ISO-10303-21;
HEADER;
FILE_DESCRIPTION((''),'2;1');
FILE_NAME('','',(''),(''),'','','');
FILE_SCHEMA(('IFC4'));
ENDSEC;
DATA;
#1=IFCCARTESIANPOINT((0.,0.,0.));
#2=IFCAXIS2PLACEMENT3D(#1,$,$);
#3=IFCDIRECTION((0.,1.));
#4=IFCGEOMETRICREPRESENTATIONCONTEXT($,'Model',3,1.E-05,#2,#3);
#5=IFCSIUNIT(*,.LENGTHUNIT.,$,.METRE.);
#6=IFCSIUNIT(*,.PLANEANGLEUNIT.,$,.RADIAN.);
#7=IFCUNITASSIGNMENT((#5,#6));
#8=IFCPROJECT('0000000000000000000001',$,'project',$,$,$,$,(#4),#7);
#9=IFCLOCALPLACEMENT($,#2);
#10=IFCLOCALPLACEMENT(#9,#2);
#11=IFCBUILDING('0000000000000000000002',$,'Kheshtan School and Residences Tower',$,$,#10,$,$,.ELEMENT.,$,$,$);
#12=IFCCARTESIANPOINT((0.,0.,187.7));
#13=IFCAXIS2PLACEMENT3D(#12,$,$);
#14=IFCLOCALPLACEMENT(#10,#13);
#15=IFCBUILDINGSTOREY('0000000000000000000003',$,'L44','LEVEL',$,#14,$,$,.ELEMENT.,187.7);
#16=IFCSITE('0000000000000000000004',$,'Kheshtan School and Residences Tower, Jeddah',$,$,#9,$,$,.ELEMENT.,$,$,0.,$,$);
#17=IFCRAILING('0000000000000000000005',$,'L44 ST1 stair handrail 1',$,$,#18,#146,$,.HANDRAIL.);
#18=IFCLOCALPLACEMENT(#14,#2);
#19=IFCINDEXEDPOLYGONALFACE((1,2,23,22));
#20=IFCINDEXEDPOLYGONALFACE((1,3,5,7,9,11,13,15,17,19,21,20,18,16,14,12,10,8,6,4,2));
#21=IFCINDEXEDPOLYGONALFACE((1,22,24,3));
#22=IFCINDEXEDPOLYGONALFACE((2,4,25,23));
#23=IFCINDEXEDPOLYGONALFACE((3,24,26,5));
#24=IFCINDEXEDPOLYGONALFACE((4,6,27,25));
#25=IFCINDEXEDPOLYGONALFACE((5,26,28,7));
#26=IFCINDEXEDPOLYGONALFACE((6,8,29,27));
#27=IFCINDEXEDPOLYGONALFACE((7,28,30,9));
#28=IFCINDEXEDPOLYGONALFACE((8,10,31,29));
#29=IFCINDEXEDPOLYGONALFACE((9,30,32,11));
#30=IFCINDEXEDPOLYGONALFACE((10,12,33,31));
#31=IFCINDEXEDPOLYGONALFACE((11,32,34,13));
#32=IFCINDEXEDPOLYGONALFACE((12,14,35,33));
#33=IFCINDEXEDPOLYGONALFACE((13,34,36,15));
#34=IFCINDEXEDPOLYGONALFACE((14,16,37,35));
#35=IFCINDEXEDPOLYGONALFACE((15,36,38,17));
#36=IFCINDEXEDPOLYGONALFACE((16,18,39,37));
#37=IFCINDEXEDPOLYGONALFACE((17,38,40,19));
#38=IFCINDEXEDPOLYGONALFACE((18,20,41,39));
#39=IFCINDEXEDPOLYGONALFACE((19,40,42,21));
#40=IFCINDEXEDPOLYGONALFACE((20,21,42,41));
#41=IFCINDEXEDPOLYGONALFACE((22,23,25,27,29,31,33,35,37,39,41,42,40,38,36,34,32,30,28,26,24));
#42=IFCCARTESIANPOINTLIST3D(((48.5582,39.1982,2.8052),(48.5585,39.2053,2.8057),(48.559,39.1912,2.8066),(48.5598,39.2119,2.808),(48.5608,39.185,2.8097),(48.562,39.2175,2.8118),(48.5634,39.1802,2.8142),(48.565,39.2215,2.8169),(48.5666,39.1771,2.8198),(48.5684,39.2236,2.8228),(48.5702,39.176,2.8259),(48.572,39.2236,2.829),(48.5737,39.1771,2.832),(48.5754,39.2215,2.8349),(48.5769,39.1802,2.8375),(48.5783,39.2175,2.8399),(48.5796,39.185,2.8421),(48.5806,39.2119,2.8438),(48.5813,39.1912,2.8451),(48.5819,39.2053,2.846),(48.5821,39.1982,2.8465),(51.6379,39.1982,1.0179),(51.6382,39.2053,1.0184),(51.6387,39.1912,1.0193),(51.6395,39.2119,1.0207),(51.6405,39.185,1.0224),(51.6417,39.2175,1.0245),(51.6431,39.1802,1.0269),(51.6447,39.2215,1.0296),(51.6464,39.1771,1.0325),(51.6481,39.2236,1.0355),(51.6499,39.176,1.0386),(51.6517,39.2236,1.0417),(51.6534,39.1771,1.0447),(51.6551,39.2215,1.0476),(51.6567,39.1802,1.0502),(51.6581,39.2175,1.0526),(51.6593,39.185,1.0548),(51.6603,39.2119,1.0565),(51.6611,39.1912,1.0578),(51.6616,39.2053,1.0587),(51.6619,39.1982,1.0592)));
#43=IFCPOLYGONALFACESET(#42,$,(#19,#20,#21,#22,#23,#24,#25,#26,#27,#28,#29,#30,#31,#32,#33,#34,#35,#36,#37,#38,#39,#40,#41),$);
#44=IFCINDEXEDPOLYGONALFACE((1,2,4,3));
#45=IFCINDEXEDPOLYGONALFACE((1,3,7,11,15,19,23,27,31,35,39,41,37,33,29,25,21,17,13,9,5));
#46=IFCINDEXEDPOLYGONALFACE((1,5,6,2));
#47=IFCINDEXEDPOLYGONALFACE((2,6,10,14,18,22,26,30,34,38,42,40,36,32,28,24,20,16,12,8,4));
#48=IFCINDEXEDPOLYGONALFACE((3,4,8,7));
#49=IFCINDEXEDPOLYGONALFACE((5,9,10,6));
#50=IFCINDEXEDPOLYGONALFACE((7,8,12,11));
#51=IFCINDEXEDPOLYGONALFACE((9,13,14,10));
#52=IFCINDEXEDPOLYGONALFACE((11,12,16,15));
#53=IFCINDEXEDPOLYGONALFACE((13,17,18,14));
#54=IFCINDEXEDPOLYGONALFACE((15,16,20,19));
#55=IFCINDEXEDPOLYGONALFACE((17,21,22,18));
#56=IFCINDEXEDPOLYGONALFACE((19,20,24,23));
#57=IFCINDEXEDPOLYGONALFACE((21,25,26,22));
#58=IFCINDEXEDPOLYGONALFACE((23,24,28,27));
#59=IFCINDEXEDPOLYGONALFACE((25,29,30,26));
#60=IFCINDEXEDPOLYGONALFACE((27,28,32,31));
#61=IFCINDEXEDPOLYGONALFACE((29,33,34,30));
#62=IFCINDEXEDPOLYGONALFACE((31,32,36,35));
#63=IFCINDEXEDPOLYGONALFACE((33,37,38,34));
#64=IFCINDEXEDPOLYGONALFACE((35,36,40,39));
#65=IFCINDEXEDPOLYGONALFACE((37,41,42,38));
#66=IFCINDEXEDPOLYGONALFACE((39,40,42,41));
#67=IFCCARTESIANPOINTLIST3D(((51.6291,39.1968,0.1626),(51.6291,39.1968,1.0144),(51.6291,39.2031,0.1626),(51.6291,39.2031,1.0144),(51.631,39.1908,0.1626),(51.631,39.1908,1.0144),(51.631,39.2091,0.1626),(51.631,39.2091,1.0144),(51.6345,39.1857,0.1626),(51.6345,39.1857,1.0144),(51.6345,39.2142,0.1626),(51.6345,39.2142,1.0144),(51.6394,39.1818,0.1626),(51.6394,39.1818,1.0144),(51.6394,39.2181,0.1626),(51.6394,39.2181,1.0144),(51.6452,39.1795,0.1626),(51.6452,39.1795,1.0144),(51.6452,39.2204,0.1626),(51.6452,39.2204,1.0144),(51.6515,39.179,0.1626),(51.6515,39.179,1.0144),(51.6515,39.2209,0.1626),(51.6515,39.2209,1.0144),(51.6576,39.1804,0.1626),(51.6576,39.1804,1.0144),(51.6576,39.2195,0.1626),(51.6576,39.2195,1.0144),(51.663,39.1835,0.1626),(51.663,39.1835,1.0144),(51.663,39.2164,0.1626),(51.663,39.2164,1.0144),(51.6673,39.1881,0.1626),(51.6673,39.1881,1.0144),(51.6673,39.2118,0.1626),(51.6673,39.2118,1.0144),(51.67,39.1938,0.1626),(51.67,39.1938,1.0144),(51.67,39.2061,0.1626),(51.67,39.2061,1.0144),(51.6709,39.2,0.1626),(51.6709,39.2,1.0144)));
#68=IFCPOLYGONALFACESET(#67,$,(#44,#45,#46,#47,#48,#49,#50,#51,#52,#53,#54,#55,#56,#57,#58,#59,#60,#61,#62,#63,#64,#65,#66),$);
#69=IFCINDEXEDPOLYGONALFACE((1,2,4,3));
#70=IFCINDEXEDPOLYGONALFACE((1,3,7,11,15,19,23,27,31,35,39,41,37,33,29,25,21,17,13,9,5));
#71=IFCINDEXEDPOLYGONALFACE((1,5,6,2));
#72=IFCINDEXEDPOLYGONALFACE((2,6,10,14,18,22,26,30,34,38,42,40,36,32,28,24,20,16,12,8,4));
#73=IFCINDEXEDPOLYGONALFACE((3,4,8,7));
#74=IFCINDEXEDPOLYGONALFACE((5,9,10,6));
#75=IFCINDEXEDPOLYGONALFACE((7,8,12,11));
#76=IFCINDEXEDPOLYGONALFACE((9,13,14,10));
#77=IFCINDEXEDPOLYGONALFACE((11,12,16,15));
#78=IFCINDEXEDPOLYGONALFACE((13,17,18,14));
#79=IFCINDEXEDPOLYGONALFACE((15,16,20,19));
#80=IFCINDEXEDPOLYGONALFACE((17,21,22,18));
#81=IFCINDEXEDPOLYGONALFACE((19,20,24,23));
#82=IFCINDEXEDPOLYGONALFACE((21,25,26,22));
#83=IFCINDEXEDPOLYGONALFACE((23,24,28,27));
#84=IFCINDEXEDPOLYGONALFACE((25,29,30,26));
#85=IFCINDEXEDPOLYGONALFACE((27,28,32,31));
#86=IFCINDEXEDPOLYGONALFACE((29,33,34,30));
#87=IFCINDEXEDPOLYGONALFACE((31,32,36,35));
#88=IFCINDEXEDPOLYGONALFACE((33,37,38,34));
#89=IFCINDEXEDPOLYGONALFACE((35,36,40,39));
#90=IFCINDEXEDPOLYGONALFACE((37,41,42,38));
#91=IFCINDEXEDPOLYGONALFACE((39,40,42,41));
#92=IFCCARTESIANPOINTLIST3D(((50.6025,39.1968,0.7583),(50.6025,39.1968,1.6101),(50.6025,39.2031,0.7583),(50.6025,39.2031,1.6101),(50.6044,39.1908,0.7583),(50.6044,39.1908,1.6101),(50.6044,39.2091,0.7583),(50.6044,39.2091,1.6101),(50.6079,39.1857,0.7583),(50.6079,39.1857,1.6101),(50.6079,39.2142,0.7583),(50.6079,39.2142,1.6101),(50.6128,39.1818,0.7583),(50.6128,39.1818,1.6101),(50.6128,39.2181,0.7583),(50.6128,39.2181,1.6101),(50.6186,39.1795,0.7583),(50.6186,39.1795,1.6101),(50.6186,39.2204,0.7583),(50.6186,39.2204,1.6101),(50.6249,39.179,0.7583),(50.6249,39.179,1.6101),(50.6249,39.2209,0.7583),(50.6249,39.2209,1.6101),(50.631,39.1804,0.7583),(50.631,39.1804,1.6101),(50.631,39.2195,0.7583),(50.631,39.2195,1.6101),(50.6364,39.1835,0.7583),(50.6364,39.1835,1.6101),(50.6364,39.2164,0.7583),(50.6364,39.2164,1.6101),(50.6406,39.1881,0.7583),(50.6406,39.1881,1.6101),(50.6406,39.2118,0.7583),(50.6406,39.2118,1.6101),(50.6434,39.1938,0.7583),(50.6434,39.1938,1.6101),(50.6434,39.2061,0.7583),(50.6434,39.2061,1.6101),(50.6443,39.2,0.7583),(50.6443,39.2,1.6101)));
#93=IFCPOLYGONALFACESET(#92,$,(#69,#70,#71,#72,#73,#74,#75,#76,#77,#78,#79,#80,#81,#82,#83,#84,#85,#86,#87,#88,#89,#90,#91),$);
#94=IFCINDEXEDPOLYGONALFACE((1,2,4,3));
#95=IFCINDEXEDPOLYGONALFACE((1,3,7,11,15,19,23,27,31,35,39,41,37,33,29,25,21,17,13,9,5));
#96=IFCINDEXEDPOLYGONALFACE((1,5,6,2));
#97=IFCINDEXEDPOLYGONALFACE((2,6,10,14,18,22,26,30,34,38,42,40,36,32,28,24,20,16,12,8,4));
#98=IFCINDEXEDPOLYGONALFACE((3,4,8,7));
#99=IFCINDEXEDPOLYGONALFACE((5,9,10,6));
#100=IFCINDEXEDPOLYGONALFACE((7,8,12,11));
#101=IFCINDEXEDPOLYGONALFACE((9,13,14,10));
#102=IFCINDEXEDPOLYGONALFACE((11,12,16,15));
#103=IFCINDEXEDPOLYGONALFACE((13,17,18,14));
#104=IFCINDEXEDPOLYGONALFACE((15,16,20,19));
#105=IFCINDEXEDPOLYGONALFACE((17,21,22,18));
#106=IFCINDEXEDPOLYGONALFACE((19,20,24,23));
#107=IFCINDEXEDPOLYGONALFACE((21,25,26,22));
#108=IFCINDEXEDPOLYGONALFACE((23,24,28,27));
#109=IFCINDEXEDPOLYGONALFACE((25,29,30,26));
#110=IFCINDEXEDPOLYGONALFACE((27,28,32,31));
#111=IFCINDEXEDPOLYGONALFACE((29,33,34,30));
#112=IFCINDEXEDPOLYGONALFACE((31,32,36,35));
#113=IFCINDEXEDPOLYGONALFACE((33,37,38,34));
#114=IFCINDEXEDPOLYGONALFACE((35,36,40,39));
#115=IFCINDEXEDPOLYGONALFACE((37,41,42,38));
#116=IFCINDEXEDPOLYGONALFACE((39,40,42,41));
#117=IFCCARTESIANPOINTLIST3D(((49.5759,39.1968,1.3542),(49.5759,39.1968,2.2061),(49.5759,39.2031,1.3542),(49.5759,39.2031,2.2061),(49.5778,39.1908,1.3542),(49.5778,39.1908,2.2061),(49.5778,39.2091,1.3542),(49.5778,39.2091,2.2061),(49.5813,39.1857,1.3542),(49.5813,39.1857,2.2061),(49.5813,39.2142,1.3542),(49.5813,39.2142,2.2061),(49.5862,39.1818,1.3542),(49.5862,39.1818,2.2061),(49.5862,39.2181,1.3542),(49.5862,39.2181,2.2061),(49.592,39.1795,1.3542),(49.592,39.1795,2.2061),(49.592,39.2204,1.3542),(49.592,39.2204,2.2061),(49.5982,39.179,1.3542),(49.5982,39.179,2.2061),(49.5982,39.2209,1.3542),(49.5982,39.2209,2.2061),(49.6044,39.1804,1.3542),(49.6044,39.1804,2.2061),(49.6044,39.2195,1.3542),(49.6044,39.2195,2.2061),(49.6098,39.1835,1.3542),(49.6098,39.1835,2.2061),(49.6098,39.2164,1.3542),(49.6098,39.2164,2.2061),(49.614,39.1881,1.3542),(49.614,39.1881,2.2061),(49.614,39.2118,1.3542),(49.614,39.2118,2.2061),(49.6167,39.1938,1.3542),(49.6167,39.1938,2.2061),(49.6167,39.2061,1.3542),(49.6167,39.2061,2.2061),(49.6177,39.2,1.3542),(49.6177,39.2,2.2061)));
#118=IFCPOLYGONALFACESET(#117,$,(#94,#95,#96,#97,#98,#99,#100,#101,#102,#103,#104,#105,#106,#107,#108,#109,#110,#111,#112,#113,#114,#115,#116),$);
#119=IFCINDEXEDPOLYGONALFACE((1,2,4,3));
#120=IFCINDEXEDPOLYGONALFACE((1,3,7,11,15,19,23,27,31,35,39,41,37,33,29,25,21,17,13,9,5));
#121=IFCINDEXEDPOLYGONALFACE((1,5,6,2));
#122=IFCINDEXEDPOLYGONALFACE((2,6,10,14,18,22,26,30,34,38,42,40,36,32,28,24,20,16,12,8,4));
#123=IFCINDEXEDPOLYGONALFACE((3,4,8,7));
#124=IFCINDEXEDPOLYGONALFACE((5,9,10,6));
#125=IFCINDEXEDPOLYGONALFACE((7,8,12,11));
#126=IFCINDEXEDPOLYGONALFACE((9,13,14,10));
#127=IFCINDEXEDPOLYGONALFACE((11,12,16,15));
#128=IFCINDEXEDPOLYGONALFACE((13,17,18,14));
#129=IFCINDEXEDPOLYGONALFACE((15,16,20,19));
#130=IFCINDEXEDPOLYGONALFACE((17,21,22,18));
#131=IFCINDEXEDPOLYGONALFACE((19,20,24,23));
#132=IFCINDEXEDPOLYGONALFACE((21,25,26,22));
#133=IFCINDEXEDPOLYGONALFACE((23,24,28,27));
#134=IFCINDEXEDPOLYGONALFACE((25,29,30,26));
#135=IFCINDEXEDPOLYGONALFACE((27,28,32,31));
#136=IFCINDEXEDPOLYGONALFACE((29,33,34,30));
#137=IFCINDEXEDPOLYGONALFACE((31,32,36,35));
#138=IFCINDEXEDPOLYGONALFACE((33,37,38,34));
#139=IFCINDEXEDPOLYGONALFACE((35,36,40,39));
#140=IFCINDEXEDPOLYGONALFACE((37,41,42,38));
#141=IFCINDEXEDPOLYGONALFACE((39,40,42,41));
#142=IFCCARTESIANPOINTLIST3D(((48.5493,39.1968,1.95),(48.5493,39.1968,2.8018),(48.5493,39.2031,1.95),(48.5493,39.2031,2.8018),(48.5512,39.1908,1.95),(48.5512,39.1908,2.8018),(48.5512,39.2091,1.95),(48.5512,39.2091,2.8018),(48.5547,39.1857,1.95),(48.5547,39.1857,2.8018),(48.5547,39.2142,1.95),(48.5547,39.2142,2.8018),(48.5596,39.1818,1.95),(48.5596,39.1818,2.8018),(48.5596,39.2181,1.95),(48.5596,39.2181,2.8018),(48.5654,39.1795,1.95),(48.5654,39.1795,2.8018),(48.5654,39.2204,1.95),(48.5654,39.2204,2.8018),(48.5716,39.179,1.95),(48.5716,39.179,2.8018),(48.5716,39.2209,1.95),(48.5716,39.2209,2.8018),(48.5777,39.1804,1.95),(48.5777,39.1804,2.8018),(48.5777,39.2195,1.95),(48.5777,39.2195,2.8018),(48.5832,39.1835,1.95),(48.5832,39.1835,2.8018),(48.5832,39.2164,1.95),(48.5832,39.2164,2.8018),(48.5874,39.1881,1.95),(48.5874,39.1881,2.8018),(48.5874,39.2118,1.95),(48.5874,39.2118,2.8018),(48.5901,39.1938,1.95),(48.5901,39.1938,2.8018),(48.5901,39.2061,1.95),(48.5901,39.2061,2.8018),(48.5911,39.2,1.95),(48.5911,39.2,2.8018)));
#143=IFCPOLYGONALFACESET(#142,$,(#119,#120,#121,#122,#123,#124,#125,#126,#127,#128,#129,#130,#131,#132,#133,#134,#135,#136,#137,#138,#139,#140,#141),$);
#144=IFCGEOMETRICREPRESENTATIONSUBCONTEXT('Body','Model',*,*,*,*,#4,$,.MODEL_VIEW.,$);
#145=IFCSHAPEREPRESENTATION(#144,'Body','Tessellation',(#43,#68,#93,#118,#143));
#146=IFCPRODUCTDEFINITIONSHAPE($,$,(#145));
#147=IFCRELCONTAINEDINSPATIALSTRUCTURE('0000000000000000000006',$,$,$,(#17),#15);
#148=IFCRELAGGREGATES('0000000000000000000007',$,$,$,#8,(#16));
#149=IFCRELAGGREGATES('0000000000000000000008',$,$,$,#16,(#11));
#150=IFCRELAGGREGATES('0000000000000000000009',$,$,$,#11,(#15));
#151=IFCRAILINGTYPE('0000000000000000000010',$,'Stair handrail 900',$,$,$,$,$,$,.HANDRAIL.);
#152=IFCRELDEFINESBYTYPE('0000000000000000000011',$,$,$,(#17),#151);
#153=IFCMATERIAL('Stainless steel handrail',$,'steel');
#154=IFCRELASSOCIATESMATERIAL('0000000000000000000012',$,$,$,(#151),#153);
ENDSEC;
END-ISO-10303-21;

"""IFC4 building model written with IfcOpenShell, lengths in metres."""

from ifc_helpers import new_model, si_unit, direction, frame, origin, origin_2d, place, context, subcontext, project, spatial, circle, extrude, material, type_object, element, save


model = new_model("IFC4")

# Units and contexts
model_context = context("Model", 3, precision=1e-05, world=origin(), true_north=direction((0.0, 1.0)))
body_context = subcontext(model_context, "Body", "Model", "MODEL_VIEW")
ifc_project = project(units=[si_unit("LENGTHUNIT", "METRE"), si_unit("PLANEANGLEUNIT", "RADIAN")], contexts=[model_context])

# Site, building, storey
site_placement = place(None, origin())
site = spatial("IfcSite", under=ifc_project, at=site_placement, Name="Kheshtan School and Residences Tower, Jeddah", CompositionType="ELEMENT", RefElevation=0.0)
building_placement = place(site_placement, origin())
building = spatial("IfcBuilding", under=site, at=building_placement, Name="Kheshtan School and Residences Tower", CompositionType="ELEMENT")
storey_placement = place(building_placement, frame((0.0, 0.0, 187.7)))
storey = spatial("IfcBuildingStorey", under=building, at=storey_placement, Name="L44", Description="LEVEL", CompositionType="ELEMENT", Elevation=187.7)

# Railing
ifc_material_1 = material(Name="Stainless steel handrail", Category="steel")
railing_type_1 = type_object("IfcRailingType", Name="Stair handrail 900", PredefinedType="HANDRAIL", material=ifc_material_1)
railing_1_placement = place(storey_placement, frame((51.6499, 39.2, 0.1626)))
element("IfcRailing", 1, at=railing_1_placement, inside=storey, type_object=railing_type_1, Name="L44 ST1 stair handrail 1", PredefinedType="HANDRAIL", context=body_context, shape_type="SweptSolid", body=[
    extrude(circle(Radius=0.0239, at=origin_2d()), frame((0.0, 0.0, 0.876), z_axis=(-0.864903, 0.0, 0.501939), x_axis=(0.0, -1.0, 0.0)), (0.0, 0.0, 1.0), 3.5608),
    extrude(circle(Radius=0.021, at=origin_2d()), origin(), (0.0, 0.0, 1.0), 0.8518),
    extrude(circle(Radius=0.021, at=origin_2d()), frame((-1.0266, 0.0, 0.5957)), (0.0, 0.0, 1.0), 0.8518),
    extrude(circle(Radius=0.021, at=origin_2d()), frame((-2.0532, 0.0, 1.1917)), (0.0, 0.0, 1.0), 0.8518),
    extrude(circle(Radius=0.021, at=origin_2d()), frame((-3.0798, 0.0, 1.7874)), (0.0, 0.0, 1.0), 0.8518),
])

save(model, "model.ifc")
